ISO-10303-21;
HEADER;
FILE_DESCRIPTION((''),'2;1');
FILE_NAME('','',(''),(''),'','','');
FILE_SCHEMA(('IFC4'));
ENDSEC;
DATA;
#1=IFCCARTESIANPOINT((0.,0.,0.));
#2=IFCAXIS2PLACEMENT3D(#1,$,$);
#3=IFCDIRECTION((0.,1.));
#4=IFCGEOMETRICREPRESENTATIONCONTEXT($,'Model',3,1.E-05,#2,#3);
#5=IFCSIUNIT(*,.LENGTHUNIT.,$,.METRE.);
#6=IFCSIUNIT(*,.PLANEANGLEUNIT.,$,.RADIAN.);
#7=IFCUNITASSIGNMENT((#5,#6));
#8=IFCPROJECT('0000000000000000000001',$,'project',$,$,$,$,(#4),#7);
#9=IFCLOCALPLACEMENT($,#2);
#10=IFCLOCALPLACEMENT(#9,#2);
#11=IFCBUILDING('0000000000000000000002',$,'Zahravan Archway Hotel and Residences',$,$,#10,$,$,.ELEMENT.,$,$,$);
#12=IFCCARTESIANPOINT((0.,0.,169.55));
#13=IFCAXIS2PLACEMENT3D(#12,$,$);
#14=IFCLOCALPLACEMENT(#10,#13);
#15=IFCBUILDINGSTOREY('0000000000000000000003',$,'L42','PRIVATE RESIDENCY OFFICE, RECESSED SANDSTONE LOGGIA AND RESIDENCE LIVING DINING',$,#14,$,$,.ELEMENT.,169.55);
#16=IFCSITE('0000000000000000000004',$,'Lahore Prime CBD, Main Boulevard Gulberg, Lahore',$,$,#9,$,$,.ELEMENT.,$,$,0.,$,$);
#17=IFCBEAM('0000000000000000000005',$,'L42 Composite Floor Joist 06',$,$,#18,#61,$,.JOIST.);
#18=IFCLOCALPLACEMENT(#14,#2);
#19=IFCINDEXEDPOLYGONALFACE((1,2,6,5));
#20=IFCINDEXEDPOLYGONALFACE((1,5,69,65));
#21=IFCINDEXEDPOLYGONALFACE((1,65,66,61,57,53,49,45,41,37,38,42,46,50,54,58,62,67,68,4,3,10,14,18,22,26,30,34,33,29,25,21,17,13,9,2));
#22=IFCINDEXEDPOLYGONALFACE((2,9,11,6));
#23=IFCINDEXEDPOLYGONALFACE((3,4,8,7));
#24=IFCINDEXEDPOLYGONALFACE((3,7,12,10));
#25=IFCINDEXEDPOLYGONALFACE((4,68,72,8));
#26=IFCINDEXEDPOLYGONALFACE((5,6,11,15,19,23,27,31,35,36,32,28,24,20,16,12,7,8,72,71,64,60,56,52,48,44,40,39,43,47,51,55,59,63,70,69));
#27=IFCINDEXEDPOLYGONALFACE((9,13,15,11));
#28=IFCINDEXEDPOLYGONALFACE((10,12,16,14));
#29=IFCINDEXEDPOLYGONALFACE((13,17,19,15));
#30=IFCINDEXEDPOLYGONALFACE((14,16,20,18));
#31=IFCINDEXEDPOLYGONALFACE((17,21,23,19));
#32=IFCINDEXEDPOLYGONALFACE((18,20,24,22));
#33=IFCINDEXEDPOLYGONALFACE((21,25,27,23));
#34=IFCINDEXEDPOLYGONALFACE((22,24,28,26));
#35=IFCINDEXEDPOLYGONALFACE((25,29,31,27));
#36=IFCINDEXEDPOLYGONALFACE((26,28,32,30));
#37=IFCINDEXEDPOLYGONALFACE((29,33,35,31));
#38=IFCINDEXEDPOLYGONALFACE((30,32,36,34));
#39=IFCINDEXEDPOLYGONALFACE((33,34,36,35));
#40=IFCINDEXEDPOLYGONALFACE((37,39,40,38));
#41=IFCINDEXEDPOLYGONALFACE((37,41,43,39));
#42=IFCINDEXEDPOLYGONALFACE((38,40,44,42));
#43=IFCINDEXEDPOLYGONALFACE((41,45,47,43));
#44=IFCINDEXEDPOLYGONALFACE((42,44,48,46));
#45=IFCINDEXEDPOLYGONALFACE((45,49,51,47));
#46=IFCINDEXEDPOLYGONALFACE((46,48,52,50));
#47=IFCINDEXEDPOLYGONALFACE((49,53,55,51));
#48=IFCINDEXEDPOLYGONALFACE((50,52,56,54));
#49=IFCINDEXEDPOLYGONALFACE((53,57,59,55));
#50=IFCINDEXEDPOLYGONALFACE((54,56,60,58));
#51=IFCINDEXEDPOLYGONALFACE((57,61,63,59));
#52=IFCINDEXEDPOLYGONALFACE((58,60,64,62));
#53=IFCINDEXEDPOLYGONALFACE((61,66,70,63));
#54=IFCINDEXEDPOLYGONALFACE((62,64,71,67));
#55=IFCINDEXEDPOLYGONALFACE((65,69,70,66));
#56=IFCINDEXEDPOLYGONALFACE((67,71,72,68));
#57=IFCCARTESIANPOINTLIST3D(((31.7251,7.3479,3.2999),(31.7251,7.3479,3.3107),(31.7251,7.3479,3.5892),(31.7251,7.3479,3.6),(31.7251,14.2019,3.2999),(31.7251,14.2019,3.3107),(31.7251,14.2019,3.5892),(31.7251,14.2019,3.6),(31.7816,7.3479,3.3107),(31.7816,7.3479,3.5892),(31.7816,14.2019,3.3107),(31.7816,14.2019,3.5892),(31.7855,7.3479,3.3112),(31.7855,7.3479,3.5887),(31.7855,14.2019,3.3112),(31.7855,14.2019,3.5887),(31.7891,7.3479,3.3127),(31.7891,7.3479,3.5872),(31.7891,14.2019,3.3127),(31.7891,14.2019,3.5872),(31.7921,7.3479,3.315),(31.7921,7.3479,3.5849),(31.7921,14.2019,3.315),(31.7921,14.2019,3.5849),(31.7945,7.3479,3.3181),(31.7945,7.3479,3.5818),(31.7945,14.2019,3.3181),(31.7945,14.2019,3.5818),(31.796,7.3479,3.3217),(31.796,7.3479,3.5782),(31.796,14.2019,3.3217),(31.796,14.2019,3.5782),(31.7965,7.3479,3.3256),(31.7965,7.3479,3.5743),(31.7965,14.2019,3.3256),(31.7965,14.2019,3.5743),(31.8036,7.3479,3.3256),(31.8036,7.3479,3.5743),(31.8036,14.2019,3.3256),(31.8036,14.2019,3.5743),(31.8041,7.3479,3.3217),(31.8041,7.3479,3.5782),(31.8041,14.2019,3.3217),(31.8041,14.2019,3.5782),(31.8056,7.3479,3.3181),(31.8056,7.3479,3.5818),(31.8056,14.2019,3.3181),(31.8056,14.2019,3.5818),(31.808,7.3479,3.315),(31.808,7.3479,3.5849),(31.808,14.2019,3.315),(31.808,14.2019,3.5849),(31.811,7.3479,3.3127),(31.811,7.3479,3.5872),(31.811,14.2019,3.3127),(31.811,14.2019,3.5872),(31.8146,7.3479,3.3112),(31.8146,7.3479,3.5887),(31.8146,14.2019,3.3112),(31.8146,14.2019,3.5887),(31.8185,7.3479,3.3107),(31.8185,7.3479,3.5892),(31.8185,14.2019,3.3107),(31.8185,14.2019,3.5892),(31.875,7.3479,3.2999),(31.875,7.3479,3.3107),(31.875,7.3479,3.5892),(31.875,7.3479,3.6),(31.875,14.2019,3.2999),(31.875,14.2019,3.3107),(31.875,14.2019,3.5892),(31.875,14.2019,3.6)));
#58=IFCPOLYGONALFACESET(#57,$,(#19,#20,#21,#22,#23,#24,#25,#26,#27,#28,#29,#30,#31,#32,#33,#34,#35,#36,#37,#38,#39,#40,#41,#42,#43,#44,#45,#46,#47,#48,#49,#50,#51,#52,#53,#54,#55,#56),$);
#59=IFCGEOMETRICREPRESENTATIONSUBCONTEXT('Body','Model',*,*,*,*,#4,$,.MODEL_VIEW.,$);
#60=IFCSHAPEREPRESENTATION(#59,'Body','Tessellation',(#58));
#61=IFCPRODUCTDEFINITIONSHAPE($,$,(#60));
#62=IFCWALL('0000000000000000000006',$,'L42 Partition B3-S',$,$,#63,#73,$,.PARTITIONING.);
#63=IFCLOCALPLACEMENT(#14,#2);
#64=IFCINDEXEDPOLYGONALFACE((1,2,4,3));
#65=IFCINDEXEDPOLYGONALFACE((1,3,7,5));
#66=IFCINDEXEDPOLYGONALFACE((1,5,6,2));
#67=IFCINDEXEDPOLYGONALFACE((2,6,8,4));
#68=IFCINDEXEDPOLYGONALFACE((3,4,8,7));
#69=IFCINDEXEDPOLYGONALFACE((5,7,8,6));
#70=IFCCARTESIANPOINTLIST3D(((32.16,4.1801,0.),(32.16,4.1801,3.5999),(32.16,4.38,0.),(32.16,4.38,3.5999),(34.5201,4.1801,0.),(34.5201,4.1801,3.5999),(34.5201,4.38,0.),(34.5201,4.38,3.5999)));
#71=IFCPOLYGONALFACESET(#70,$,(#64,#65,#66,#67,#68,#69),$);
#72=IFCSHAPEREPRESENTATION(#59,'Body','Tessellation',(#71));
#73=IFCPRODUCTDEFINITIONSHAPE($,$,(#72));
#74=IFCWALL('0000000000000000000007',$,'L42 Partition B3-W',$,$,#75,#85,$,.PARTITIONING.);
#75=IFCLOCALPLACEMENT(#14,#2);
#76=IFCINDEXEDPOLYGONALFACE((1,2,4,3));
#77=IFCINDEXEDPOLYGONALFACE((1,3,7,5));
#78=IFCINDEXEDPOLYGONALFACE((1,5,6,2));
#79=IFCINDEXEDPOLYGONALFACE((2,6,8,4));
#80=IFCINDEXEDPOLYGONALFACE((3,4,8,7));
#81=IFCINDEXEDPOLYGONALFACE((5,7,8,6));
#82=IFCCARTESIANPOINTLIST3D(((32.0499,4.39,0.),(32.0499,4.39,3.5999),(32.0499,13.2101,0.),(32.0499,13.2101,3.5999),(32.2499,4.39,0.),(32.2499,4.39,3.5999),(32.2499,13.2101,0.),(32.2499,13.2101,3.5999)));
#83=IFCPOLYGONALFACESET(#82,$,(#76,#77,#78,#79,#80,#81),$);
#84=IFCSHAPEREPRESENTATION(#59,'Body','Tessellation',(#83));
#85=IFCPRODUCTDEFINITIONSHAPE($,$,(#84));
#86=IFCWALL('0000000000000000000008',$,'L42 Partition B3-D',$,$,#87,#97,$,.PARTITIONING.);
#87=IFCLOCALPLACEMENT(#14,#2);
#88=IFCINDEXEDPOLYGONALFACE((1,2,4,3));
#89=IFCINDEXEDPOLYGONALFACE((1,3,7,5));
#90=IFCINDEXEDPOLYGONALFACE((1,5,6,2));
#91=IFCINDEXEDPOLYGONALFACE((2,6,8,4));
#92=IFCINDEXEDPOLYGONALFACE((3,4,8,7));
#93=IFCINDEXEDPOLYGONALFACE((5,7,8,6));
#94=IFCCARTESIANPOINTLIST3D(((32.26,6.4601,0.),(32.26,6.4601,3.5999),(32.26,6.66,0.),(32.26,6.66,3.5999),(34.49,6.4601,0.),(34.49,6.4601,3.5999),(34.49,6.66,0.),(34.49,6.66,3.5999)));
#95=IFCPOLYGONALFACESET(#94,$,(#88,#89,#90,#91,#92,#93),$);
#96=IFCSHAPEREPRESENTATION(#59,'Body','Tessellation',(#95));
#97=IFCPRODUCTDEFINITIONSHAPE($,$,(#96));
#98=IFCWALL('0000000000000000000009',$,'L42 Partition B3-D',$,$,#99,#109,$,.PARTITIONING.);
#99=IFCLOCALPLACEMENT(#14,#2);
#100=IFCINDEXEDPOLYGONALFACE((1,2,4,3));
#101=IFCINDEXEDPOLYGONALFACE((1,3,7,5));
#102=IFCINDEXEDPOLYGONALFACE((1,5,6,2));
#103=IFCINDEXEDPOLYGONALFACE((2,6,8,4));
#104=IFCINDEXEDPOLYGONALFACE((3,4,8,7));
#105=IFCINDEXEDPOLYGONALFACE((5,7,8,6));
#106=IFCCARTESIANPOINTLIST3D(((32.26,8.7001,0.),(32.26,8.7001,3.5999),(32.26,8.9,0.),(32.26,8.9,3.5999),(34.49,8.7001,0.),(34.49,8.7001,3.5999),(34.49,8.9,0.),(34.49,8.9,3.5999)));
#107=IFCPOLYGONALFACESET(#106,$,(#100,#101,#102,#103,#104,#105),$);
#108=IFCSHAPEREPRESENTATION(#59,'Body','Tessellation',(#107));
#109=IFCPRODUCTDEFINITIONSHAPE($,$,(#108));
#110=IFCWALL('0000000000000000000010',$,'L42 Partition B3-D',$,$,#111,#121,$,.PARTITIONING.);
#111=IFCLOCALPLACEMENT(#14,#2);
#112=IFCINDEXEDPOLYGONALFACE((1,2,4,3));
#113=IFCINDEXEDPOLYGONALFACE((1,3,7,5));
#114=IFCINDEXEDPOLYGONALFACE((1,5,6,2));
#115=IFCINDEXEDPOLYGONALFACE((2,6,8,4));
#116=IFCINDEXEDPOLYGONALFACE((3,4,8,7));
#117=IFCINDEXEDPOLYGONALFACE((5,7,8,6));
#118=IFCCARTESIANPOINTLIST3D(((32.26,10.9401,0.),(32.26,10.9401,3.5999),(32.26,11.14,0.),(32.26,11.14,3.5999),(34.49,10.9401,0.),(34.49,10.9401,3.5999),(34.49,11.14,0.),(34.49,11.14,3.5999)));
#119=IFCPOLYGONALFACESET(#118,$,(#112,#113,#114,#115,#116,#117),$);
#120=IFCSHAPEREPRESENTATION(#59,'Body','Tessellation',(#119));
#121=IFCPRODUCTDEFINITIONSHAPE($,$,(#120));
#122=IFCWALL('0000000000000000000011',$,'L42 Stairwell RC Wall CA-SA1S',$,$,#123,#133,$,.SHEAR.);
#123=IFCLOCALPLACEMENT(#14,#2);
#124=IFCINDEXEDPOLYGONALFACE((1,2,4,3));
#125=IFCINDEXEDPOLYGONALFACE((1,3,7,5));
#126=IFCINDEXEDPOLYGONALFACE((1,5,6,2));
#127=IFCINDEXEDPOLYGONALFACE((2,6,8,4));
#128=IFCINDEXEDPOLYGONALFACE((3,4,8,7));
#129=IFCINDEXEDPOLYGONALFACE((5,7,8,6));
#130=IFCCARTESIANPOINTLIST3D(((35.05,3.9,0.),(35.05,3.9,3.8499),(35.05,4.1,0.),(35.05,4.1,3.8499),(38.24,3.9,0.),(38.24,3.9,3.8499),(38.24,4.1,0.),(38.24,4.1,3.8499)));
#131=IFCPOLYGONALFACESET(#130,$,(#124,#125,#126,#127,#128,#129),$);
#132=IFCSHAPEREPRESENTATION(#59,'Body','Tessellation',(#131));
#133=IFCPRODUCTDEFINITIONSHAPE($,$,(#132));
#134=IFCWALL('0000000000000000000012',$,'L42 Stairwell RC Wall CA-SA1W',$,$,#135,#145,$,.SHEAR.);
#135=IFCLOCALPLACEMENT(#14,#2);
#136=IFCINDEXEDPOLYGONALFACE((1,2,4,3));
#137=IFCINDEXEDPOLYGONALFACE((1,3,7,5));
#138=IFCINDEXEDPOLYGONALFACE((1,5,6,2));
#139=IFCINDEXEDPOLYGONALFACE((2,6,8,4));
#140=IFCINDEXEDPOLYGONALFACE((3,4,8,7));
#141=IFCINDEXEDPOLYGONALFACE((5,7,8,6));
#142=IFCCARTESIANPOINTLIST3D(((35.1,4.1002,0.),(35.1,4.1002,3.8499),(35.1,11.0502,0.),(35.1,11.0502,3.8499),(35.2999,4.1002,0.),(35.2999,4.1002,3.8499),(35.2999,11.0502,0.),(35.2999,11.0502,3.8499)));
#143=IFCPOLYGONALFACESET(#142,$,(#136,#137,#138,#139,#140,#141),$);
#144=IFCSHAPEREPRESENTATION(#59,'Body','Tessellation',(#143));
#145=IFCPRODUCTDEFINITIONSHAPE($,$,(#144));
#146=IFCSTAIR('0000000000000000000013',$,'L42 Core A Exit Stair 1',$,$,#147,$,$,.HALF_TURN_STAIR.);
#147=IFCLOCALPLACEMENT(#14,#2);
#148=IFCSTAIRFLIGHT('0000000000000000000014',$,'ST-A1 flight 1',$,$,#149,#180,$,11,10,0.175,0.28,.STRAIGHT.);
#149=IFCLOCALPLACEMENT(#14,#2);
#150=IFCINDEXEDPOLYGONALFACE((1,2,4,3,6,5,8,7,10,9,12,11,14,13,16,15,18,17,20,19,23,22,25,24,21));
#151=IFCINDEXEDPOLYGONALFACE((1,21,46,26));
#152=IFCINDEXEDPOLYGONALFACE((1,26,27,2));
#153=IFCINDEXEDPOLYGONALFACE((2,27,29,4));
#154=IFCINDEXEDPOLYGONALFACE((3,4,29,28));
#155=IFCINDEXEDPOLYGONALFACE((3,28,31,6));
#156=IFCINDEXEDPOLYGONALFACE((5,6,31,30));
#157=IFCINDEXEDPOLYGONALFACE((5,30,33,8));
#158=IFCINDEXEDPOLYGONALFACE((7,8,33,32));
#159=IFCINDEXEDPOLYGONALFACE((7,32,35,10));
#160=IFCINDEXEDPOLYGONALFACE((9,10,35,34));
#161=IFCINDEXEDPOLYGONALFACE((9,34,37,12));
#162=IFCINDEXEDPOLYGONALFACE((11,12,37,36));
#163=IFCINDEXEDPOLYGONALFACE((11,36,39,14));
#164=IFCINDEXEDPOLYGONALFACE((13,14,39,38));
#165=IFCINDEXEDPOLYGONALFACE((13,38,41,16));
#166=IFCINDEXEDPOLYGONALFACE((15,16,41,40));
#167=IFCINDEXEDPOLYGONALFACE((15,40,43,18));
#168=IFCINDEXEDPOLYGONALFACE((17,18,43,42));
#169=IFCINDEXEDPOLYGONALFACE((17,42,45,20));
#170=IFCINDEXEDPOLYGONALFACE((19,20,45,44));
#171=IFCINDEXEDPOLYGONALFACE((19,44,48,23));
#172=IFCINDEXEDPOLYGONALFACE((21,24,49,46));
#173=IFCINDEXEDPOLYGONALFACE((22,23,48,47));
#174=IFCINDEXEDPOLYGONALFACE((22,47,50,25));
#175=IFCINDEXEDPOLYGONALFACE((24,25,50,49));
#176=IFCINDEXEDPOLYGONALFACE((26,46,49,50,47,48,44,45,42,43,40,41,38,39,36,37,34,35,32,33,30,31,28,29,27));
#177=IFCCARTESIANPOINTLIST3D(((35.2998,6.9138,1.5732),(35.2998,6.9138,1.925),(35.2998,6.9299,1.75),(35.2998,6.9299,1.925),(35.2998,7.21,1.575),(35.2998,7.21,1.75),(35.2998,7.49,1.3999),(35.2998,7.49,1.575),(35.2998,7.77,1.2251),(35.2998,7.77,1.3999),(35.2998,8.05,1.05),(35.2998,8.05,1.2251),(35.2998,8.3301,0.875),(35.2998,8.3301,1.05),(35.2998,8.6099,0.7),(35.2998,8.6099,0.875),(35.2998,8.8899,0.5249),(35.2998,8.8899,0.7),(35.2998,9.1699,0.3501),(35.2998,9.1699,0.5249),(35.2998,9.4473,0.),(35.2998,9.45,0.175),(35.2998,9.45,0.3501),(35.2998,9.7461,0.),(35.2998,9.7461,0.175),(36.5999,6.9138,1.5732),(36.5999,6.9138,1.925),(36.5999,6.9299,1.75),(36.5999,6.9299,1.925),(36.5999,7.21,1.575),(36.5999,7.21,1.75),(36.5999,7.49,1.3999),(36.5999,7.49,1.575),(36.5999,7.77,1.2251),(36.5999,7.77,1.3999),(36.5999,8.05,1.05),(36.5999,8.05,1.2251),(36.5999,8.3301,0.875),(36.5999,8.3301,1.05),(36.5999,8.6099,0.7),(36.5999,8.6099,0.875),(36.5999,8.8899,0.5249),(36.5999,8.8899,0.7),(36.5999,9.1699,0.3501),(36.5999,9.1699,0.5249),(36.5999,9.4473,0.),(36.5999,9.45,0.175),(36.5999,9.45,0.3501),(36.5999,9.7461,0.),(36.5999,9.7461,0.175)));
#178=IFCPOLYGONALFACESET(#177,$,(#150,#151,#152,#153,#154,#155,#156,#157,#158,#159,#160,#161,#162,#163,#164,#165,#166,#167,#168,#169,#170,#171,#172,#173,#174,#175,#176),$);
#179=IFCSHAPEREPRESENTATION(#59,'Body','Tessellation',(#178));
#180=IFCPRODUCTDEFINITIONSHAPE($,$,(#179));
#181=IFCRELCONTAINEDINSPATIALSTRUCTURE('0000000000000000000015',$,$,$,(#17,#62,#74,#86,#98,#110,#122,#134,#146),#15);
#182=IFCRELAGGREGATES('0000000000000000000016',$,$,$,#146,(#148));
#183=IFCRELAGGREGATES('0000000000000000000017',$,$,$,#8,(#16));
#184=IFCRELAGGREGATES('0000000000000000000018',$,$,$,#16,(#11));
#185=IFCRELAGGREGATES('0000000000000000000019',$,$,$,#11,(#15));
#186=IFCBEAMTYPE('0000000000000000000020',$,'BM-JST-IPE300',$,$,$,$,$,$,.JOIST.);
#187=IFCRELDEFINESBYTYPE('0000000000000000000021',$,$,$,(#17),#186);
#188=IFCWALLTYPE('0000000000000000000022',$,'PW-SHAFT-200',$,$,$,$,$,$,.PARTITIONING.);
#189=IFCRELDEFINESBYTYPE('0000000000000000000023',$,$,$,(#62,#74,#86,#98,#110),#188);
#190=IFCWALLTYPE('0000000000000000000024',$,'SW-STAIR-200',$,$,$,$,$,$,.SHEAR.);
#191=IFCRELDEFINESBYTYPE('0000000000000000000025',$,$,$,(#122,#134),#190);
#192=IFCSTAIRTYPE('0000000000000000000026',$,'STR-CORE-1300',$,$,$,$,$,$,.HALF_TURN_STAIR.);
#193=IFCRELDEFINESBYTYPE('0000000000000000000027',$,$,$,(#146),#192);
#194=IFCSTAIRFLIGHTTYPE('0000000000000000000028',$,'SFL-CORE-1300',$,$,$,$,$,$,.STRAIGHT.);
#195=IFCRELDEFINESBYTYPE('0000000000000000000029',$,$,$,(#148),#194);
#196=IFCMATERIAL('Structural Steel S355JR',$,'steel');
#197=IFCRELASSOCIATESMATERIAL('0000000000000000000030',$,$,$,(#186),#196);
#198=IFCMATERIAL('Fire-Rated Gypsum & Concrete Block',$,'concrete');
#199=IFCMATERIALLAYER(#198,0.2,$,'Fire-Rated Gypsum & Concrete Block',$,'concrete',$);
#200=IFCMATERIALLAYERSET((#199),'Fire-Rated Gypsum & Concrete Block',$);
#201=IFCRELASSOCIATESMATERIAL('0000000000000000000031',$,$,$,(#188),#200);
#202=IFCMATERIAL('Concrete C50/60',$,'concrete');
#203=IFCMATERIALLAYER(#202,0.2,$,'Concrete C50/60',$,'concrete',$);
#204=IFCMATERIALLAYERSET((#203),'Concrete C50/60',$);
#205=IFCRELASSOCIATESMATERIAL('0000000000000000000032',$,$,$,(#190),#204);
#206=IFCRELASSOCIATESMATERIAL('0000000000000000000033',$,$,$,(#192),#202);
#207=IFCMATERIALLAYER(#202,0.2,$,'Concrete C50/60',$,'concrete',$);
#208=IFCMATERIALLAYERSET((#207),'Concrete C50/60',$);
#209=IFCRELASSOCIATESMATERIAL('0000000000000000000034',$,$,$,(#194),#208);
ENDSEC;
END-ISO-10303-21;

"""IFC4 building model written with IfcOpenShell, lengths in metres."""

from ifc_helpers import new_model, si_unit, direction, frame, frame_2d, origin, origin_2d, place, context, subcontext, project, spatial, polyline, rectangle, i_section, outline, extrude, source, transform, mapped, material, layer, layer_set, material_profile, profile_set, type_object, element, aggregate, save


model = new_model("IFC4")

# Units and contexts
model_context = context("Model", 3, precision=1e-05, world=origin(), true_north=direction((0.0, 1.0)))
body_context = subcontext(model_context, "Body", "Model", "MODEL_VIEW")
ifc_project = project(units=[si_unit("LENGTHUNIT", "METRE"), si_unit("PLANEANGLEUNIT", "RADIAN")], contexts=[model_context])

# Site, building, storey
site_placement = place(None, origin())
site = spatial("IfcSite", under=ifc_project, at=site_placement, Name="Lahore Prime CBD, Main Boulevard Gulberg, Lahore", CompositionType="ELEMENT", RefElevation=0.0)
building_placement = place(site_placement, origin())
building = spatial("IfcBuilding", under=site, at=building_placement, Name="Zahravan Archway Hotel and Residences", CompositionType="ELEMENT")
storey_placement = place(building_placement, frame((0.0, 0.0, 169.55)))
storey = spatial("IfcBuildingStorey", under=building, at=storey_placement, Name="L42", Description="PRIVATE RESIDENCY OFFICE, RECESSED SANDSTONE LOGGIA AND RESIDENCE LIVING DINING", CompositionType="ELEMENT", Elevation=169.55)

# Beam
ifc_material_1 = material(Name="Structural Steel S355JR", Category="steel")
ifc_material_profile_1 = material_profile(ifc_material_1, i_section(OverallWidth=0.1499, OverallDepth=0.3, WebThickness=0.0071, FlangeThickness=0.0107, FilletRadius=0.0149, at=origin_2d()), Name="IPE 300", Category="steel")
ifc_profile_set_1 = profile_set([ifc_material_profile_1], Name="Structural Steel S355JR")
beam_type_1 = type_object("IfcBeamType", Name="BM-JST-IPE300", PredefinedType="JOIST", material=ifc_profile_set_1)
shared_shape_1 = source(origin(), body_context, "Body", "SweptSolid", [
    extrude(i_section(OverallWidth=0.1499, OverallDepth=0.3, WebThickness=0.0071, FlangeThickness=0.0107, FilletRadius=0.0149, at=origin_2d()), origin(), (0.0, 0.0, 1.0), 6.854),
])
beam_1_placement = place(storey_placement, frame((31.8, 7.3479, 3.45), z_axis=(0.0, 1.0, 0.0), x_axis=(-1.0, 0.0, 0.0)))
element("IfcBeam", 1, at=beam_1_placement, inside=storey, type_object=beam_type_1, Name="L42 Composite Floor Joist 06", PredefinedType="JOIST", context=body_context, shape_type="MappedRepresentation", body=[
    mapped(shared_shape_1, transform((0.0, 0.0, 0.0), scale=1.0)),
])

# Walls
ifc_material_2 = material(Name="Fire-Rated Gypsum & Concrete Block", Category="concrete")
ifc_layer_1 = layer(ifc_material_2, 0.2, Name="Fire-Rated Gypsum & Concrete Block", Category="concrete")
ifc_layer_set_1 = layer_set([ifc_layer_1], Name="Fire-Rated Gypsum & Concrete Block")
wall_type_1 = type_object("IfcWallType", Name="PW-SHAFT-200", PredefinedType="PARTITIONING", material=ifc_layer_set_1)
wall_1_placement = place(storey_placement, frame((32.1599, 4.28, 0.0), z_axis=(0.0, 0.0, 1.0), x_axis=(1.0, 0.0, 0.0)))
element("IfcWall", 2, at=wall_1_placement, inside=storey, type_object=wall_type_1, Name="L42 Partition B3-S", PredefinedType="PARTITIONING", context=body_context, shape_type="SweptSolid", body=[
    extrude(rectangle(XDim=2.3601, YDim=0.2, at=frame_2d((1.1802, 0.0))), origin(), (0.0, 0.0, 1.0), 3.5999),
])
wall_2_placement = place(storey_placement, frame((32.1499, 4.3899, 0.0), z_axis=(0.0, 0.0, 1.0), x_axis=(0.0, 1.0, 0.0)))
element("IfcWall", 3, at=wall_2_placement, inside=storey, type_object=wall_type_1, Name="L42 Partition B3-W", PredefinedType="PARTITIONING", context=body_context, shape_type="SweptSolid", body=[
    extrude(rectangle(XDim=8.8201, YDim=0.2, at=frame_2d((4.4102, 0.0))), origin(), (0.0, 0.0, 1.0), 3.5999),
])
for number, where, z_axis, x_axis, name in (
    (4, (32.26, 6.5601, 0.0), (0.0, 0.0, 1.0), (1.0, 0.0, 0.0), "L42 Partition B3-D"),
    (5, (32.26, 8.8, 0.0), (0.0, 0.0, 1.0), (1.0, 0.0, 0.0), "L42 Partition B3-D"),
    (6, (32.26, 11.04, 0.0), (0.0, 0.0, 1.0), (1.0, 0.0, 0.0), "L42 Partition B3-D"),
):
    element("IfcWall", number, at=place(storey_placement, frame(where, z_axis=z_axis, x_axis=x_axis)), inside=storey, type_object=wall_type_1, Name=name, PredefinedType="PARTITIONING", context=body_context, shape_type="SweptSolid", body=[
        extrude(rectangle(XDim=2.23, YDim=0.2, at=frame_2d((1.115, 0.0))), origin(), (0.0, 0.0, 1.0), 3.5999),
    ])
ifc_material_3 = material(Name="Concrete C50/60", Category="concrete")
ifc_layer_2 = layer(ifc_material_3, 0.2, Name="Concrete C50/60", Category="concrete")
ifc_layer_set_2 = layer_set([ifc_layer_2], Name="Concrete C50/60")
wall_type_2 = type_object("IfcWallType", Name="SW-STAIR-200", PredefinedType="SHEAR", material=ifc_layer_set_2)
wall_3_placement = place(storey_placement, frame((35.05, 4.0, 0.0), z_axis=(0.0, 0.0, 1.0), x_axis=(1.0, 0.0, 0.0)))
element("IfcWall", 7, at=wall_3_placement, inside=storey, type_object=wall_type_2, Name="L42 Stairwell RC Wall CA-SA1S", PredefinedType="SHEAR", context=body_context, shape_type="SweptSolid", body=[
    extrude(rectangle(XDim=3.1899, YDim=0.2, at=frame_2d((1.595, 0.0))), origin(), (0.0, 0.0, 1.0), 3.8499),
])
wall_4_placement = place(storey_placement, frame((35.2, 4.1001, 0.0), z_axis=(0.0, 0.0, 1.0), x_axis=(0.0, 1.0, 0.0)))
element("IfcWall", 8, at=wall_4_placement, inside=storey, type_object=wall_type_2, Name="L42 Stairwell RC Wall CA-SA1W", PredefinedType="SHEAR", context=body_context, shape_type="SweptSolid", body=[
    extrude(rectangle(XDim=6.95, YDim=0.2, at=frame_2d((3.4751, 0.0))), origin(), (0.0, 0.0, 1.0), 3.8499),
])

# Stair, stair flight
stair_type = type_object("IfcStairType", Name="STR-CORE-1300", PredefinedType="HALF_TURN_STAIR", material=ifc_material_3)
stair_placement = place(storey_placement, origin())
stair = element("IfcStair", 9, at=stair_placement, inside=storey, type_object=stair_type, Name="L42 Core A Exit Stair 1", PredefinedType="HALF_TURN_STAIR")
ifc_layer_3 = layer(ifc_material_3, 0.2, Name="Concrete C50/60", Category="concrete")
ifc_layer_set_3 = layer_set([ifc_layer_3], Name="Concrete C50/60")
stair_flight_type = type_object("IfcStairFlightType", Name="SFL-CORE-1300", PredefinedType="STRAIGHT", material=ifc_layer_set_3)
shared_shape_2 = source(origin(), body_context, "Body", "SweptSolid", [
    extrude(outline(polyline([(-0.0161, 0.0), (-0.0161, 0.175), (0.28, 0.175), (0.28, 0.3501), (0.5601, 0.3501), (0.5601, 0.5249), (0.8401, 0.5249), (0.8401, 0.7), (1.1201, 0.7), (1.1201, 0.875), (1.3999, 0.875), (1.3999, 1.05), (1.6799, 1.05), (1.6799, 1.2251), (1.96, 1.2251), (1.96, 1.3999), (2.24, 1.3999), (2.24, 1.575), (2.52, 1.575), (2.52, 1.75), (2.8, 1.75), (2.8, 1.925), (2.8162, 1.925), (2.8162, 1.5732), (0.2827, 0.0), (-0.0161, 0.0)])), frame((0.0, 0.6499, 0.0), z_axis=(0.0, -1.0, 0.0), x_axis=(1.0, 0.0, 0.0)), (0.0, 0.0, 1.0), 1.3),
])
stair_flight_placement = place(storey_placement, frame((35.95, 9.73, 0.0), z_axis=(0.0, 0.0, 1.0), x_axis=(0.0, -1.0, 0.0)))
stair_flight = element("IfcStairFlight", 10, at=stair_flight_placement, type_object=stair_flight_type, Name="ST-A1 flight 1", NumberOfRisers=11, NumberOfTreads=10, PredefinedType="STRAIGHT", RiserHeight=0.175, TreadLength=0.28, context=body_context, shape_type="MappedRepresentation", body=[
    mapped(shared_shape_2, transform((0.0, 0.0, 0.0), scale=1.0)),
])
aggregate(stair, [stair_flight])

save(model, "model.ifc")
